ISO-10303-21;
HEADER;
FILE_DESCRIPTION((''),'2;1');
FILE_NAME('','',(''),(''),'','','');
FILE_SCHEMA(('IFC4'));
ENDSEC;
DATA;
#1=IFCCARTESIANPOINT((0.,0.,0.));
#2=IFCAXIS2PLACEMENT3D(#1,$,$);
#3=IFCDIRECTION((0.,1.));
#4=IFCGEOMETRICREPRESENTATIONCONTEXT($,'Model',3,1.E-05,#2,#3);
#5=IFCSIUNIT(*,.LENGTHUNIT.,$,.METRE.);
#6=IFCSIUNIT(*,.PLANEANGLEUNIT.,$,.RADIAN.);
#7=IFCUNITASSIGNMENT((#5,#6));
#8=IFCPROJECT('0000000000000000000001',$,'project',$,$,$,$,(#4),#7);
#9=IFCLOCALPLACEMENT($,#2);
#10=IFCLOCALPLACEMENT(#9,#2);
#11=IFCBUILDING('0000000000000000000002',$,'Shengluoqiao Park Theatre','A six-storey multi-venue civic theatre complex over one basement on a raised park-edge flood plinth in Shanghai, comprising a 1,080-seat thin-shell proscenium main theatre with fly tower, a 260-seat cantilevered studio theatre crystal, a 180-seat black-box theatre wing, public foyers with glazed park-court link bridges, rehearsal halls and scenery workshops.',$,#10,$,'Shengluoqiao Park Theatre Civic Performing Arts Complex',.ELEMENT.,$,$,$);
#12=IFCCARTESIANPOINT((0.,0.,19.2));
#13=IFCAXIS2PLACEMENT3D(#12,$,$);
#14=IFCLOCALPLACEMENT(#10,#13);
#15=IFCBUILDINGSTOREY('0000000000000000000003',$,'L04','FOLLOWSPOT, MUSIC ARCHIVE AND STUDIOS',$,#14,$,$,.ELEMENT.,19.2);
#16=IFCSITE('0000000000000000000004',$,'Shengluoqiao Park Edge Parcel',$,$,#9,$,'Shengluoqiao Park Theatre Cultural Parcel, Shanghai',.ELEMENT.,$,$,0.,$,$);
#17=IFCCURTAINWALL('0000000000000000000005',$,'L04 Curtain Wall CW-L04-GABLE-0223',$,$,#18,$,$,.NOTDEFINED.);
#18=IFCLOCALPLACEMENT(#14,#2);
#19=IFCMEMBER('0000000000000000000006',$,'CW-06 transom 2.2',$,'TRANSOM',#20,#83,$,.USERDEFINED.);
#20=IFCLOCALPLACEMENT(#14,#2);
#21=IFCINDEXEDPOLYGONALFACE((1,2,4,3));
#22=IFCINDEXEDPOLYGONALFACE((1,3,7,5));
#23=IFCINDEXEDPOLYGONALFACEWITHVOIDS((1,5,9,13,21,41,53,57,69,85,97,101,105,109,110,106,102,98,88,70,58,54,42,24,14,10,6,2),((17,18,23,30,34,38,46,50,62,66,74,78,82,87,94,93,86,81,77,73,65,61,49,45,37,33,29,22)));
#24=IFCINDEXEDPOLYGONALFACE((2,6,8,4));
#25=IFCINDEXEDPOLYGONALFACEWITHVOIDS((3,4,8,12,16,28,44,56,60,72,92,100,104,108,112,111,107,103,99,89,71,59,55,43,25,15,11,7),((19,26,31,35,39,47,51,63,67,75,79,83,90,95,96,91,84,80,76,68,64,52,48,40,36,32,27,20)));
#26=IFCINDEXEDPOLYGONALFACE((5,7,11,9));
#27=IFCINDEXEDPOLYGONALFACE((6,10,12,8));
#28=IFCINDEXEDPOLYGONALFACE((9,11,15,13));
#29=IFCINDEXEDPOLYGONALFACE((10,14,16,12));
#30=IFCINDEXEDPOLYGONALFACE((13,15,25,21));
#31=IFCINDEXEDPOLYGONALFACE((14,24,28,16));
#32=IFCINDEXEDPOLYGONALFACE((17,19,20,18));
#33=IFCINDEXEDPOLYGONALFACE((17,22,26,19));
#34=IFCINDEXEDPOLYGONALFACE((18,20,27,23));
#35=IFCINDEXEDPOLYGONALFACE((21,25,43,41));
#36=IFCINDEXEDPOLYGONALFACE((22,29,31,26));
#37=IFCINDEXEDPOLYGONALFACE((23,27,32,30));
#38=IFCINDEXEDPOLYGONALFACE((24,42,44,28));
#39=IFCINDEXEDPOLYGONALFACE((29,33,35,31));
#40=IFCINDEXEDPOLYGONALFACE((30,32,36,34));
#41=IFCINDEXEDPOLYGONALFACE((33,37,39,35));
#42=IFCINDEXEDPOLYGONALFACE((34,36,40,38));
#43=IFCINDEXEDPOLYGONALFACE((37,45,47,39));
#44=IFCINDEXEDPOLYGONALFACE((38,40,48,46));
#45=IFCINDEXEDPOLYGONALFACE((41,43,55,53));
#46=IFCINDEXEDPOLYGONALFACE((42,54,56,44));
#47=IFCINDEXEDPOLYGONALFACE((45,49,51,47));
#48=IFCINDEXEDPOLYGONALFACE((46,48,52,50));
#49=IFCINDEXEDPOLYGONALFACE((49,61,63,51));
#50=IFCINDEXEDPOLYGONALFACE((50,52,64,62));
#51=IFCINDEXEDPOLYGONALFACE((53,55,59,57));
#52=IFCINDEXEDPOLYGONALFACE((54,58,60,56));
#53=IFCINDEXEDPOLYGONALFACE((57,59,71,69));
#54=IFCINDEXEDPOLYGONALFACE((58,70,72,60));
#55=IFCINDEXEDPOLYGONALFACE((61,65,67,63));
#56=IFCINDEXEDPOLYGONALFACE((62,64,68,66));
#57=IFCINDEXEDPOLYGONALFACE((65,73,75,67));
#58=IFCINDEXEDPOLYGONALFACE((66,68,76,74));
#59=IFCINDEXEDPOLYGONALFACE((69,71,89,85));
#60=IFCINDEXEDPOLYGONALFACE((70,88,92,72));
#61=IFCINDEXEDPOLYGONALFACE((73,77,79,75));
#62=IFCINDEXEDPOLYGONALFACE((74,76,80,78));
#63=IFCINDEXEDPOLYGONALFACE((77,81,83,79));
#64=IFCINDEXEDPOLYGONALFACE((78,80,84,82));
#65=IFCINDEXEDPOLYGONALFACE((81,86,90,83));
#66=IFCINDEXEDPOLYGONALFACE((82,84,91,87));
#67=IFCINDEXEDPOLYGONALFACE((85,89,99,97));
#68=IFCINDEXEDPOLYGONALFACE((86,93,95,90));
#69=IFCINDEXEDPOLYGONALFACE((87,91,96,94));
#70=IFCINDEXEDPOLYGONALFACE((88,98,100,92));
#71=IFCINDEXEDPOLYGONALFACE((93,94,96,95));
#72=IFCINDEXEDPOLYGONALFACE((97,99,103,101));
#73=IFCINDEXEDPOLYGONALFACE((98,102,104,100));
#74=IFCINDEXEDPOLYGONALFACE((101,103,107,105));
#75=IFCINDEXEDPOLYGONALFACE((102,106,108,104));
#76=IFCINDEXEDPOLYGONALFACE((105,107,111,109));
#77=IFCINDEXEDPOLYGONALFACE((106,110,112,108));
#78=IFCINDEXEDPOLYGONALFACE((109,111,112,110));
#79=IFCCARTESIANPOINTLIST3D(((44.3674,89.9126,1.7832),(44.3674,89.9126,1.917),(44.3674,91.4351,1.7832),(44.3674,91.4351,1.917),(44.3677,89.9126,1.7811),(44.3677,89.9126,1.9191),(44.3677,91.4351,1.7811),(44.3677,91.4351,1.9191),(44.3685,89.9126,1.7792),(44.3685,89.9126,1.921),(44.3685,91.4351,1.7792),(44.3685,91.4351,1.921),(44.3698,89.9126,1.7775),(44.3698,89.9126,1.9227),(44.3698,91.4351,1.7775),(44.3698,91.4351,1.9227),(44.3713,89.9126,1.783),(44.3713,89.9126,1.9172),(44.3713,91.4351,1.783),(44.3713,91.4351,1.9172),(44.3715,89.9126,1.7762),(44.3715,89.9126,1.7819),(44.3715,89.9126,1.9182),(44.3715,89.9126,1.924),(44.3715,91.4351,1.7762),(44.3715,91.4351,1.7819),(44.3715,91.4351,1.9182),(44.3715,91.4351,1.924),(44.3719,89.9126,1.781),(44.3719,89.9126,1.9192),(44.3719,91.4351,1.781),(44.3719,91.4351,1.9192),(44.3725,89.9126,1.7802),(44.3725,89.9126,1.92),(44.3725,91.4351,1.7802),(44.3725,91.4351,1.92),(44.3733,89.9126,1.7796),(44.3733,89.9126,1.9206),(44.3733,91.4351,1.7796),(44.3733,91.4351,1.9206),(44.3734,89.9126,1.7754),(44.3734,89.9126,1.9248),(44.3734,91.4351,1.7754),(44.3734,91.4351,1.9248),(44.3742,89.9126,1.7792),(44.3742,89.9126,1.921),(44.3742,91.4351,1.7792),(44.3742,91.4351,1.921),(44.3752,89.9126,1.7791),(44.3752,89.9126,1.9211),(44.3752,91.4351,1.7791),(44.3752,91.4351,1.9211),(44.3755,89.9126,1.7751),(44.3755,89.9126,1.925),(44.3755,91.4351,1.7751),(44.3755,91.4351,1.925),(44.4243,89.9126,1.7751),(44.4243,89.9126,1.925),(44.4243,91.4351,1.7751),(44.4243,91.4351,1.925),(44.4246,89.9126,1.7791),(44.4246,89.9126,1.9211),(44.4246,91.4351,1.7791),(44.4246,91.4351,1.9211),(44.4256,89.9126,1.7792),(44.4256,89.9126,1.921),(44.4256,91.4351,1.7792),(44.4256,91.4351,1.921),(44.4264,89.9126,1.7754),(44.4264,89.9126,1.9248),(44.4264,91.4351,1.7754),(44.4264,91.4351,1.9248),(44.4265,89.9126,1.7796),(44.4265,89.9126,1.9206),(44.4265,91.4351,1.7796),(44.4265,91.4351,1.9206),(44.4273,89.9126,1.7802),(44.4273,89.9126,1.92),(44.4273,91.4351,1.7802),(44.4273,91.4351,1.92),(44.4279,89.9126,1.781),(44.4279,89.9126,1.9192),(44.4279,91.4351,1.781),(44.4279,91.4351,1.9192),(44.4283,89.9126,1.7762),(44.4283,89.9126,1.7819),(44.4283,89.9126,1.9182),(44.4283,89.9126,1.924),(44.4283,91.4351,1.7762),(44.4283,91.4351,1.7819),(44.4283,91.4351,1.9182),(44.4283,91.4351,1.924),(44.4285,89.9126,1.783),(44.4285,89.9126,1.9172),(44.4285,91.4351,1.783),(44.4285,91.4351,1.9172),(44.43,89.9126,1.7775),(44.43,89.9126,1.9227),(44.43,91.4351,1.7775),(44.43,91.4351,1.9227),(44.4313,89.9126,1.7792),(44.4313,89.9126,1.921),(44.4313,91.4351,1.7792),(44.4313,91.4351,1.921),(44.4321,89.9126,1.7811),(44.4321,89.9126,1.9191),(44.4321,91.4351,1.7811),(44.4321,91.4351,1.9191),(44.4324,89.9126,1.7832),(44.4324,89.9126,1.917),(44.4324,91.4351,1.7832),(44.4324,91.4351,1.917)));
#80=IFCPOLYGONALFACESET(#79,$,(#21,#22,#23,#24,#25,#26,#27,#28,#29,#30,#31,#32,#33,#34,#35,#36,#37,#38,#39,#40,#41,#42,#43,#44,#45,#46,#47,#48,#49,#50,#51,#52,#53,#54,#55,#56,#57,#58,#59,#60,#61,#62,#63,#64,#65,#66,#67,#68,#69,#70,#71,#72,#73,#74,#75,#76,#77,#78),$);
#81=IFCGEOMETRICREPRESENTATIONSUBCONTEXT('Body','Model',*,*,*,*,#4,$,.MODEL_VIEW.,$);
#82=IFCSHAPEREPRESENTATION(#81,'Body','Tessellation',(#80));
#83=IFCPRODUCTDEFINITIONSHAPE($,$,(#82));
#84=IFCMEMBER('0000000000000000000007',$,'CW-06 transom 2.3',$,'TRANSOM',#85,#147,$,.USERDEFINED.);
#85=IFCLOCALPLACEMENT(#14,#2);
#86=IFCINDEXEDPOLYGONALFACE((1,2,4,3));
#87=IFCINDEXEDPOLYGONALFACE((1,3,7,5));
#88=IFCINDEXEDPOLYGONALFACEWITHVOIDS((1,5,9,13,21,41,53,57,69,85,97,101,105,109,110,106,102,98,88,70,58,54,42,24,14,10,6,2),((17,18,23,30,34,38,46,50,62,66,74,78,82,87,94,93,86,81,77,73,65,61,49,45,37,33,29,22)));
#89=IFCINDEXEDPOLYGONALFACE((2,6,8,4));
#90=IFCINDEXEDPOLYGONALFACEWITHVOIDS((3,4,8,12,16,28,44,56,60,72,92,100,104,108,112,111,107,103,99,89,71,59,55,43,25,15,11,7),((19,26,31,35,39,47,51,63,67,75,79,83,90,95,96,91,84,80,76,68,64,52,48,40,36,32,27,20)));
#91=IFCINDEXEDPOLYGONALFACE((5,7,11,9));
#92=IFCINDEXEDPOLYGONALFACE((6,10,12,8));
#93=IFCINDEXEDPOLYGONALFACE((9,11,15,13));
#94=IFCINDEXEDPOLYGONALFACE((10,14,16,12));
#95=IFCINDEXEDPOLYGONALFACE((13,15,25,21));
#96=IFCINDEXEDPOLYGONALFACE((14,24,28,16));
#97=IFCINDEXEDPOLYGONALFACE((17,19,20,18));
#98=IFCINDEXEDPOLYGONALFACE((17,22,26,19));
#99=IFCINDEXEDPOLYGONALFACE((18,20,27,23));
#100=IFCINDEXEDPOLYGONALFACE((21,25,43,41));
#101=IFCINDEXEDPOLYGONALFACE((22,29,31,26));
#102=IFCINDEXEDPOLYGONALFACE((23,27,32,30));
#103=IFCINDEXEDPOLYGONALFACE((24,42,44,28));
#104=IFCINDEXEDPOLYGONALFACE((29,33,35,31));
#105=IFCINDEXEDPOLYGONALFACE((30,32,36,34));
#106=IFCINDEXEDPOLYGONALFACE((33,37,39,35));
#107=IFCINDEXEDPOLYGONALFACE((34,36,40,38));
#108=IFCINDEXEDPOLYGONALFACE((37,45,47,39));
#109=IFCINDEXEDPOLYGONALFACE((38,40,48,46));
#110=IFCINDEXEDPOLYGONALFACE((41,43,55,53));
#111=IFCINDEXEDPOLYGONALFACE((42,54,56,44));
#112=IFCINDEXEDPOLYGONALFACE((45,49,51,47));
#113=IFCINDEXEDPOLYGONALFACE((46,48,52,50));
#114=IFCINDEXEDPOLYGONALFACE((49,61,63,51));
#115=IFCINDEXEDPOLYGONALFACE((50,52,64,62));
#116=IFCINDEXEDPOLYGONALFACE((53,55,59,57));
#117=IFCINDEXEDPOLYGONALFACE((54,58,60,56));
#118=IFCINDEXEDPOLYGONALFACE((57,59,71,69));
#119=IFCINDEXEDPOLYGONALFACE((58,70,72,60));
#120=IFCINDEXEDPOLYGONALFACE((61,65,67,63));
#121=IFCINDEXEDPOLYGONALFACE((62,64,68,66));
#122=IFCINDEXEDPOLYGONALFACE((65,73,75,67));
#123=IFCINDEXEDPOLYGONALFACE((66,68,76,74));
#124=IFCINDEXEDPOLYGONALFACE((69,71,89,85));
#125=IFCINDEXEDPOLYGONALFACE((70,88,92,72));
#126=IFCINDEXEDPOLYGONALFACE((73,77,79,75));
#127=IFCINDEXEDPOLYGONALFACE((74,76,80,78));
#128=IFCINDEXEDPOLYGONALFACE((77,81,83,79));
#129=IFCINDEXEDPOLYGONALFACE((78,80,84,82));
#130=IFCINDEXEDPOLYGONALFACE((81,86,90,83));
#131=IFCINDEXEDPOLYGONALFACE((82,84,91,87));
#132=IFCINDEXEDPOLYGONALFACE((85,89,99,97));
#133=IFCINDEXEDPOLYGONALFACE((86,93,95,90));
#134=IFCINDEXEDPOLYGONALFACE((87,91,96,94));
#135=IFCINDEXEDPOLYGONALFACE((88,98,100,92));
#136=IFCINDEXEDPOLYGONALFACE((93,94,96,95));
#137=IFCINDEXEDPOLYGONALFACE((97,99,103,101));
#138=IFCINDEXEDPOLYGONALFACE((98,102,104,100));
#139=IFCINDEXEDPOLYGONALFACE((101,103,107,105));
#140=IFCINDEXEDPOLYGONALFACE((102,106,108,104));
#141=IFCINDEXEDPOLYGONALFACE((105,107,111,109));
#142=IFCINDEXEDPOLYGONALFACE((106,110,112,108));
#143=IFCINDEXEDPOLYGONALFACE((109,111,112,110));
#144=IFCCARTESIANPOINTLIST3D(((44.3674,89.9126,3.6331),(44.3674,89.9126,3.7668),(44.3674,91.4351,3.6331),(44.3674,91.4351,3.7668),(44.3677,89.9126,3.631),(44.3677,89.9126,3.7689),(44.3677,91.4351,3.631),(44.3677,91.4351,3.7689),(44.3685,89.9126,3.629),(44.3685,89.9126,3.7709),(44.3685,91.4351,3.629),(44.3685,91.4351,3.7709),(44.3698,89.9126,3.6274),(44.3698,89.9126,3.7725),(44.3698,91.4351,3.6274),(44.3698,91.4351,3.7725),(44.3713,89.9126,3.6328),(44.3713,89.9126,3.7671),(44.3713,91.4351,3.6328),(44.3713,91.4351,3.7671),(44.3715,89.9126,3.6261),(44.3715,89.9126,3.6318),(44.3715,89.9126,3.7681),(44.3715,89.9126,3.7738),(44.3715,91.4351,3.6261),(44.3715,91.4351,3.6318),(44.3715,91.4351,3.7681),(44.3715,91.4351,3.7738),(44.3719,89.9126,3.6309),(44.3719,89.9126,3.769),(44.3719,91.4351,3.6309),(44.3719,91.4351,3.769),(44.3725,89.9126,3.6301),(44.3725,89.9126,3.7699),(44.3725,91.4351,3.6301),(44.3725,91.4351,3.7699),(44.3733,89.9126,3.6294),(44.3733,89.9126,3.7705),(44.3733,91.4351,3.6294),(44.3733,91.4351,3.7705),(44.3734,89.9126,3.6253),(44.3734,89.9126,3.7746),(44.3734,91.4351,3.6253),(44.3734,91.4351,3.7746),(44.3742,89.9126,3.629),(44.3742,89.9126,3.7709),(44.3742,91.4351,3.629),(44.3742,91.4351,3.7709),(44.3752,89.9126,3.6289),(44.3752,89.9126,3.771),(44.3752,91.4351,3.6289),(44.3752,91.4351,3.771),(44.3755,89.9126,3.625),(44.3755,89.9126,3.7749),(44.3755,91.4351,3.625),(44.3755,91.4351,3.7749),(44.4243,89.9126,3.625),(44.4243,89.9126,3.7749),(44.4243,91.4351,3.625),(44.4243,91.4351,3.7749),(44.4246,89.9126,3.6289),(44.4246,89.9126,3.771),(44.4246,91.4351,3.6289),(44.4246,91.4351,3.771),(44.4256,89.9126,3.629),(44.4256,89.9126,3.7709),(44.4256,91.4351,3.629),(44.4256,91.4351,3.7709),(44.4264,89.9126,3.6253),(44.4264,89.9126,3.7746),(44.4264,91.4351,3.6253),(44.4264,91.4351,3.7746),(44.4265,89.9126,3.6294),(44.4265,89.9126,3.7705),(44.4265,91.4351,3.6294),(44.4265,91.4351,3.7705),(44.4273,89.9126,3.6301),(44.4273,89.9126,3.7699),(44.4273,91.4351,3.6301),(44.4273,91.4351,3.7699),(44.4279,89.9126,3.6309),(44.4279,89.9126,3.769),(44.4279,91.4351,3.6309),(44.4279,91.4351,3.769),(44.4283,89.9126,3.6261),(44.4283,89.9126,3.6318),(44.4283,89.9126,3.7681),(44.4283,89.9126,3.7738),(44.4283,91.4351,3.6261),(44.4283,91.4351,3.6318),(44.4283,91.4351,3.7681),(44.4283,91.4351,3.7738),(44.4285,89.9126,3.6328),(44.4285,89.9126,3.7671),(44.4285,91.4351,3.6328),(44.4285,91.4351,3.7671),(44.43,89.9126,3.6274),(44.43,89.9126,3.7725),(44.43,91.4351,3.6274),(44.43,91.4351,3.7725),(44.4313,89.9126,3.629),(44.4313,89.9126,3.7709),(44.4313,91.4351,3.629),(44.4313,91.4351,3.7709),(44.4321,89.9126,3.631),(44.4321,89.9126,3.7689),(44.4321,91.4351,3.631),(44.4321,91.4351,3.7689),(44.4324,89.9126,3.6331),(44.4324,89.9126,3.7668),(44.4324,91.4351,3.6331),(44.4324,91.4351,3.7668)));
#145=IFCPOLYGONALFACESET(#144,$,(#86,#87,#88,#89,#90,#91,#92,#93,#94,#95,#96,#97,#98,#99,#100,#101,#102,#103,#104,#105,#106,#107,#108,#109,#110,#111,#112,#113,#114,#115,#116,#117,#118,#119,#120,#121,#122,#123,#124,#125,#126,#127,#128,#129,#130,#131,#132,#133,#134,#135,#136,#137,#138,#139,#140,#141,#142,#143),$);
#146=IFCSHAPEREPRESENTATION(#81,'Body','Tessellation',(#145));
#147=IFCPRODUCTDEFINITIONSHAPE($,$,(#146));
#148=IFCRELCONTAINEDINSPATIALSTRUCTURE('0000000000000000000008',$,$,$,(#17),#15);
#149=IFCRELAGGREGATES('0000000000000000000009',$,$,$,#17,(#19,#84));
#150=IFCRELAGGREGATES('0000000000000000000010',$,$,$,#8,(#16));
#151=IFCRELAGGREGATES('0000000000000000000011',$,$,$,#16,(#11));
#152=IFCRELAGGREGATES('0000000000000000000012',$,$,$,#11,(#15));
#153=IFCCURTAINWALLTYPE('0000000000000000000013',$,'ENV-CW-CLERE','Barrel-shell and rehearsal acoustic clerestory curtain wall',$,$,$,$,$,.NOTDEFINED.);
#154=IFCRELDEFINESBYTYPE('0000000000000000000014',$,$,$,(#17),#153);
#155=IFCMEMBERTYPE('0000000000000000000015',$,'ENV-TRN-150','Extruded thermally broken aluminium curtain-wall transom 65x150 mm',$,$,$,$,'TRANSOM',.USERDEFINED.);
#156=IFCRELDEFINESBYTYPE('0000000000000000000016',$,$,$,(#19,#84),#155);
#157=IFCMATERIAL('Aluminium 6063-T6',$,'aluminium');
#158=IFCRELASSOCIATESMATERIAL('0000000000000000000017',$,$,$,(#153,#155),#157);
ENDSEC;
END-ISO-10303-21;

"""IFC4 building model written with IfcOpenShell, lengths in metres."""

from ifc_helpers import new_model, si_unit, direction, frame, origin, origin_2d, place, context, subcontext, project, spatial, hollow_rectangle, extrude, material, material_profile, profile_set, type_object, element, aggregate, save


model = new_model("IFC4")

# Units and contexts
model_context = context("Model", 3, precision=1e-05, world=origin(), true_north=direction((0.0, 1.0)))
body_context = subcontext(model_context, "Body", "Model", "MODEL_VIEW")
ifc_project = project(units=[si_unit("LENGTHUNIT", "METRE"), si_unit("PLANEANGLEUNIT", "RADIAN")], contexts=[model_context])

# Site, building, storey
site_placement = place(None, origin())
site = spatial("IfcSite", under=ifc_project, at=site_placement, Name="Shengluoqiao Park Edge Parcel", LongName="Shengluoqiao Park Theatre Cultural Parcel, Shanghai", CompositionType="ELEMENT", RefElevation=0.0)
building_placement = place(site_placement, origin())
building = spatial("IfcBuilding", under=site, at=building_placement, Name="Shengluoqiao Park Theatre", Description="A six-storey multi-venue civic theatre complex over one basement on a raised park-edge flood plinth in Shanghai, comprising a 1,080-seat thin-shell proscenium main theatre with fly tower, a 260-seat cantilevered studio theatre crystal, a 180-seat black-box theatre wing, public foyers with glazed park-court link bridges, rehearsal halls and scenery workshops.", LongName="Shengluoqiao Park Theatre Civic Performing Arts Complex", CompositionType="ELEMENT")
storey_placement = place(building_placement, frame((0.0, 0.0, 19.2)))
storey = spatial("IfcBuildingStorey", under=building, at=storey_placement, Name="L04", Description="FOLLOWSPOT, MUSIC ARCHIVE AND STUDIOS", CompositionType="ELEMENT", Elevation=19.2)

# Curtain wall, members
ifc_material_1 = material(Name="Aluminium 6063-T6", Category="aluminium")
curtain_wall_type = type_object("IfcCurtainWallType", Name="ENV-CW-CLERE", Description="Barrel-shell and rehearsal acoustic clerestory curtain wall", PredefinedType="NOTDEFINED", material=ifc_material_1)
curtain_wall_placement = place(storey_placement, origin())
curtain_wall = element("IfcCurtainWall", 1, at=curtain_wall_placement, inside=storey, type_object=curtain_wall_type, Name="L04 Curtain Wall CW-L04-GABLE-0223", PredefinedType="NOTDEFINED")
ifc_material_profile_1 = material_profile(ifc_material_1, hollow_rectangle(XDim=0.0649, YDim=0.1499, WallThickness=0.0039, InnerFilletRadius=0.0039, OuterFilletRadius=0.0081, at=origin_2d()), Name="ALU TRANSOM 150x65x4")
ifc_profile_set_1 = profile_set([ifc_material_profile_1], Name="Aluminium 6063-T6")
member_type_1 = type_object("IfcMemberType", Name="ENV-TRN-150", Description="Extruded thermally broken aluminium curtain-wall transom 65x150 mm", ElementType="TRANSOM", PredefinedType="USERDEFINED", material=ifc_profile_set_1)
member_1_placement = place(storey_placement, frame((44.3999, 89.9126, 1.8501), z_axis=(0.0, 1.0, 0.0), x_axis=(-1.0, 0.0, 0.0)))
member_1 = element("IfcMember", 2, at=member_1_placement, type_object=member_type_1, Name="CW-06 transom 2.2", ObjectType="TRANSOM", PredefinedType="USERDEFINED", context=body_context, shape_type="SweptSolid", body=[
    extrude(hollow_rectangle(XDim=0.0649, YDim=0.1499, WallThickness=0.0039, InnerFilletRadius=0.0039, OuterFilletRadius=0.0081, at=origin_2d()), origin(), (0.0, 0.0, 1.0), 1.5225),
])
member_2_placement = place(storey_placement, frame((44.3999, 89.9126, 3.7), z_axis=(0.0, 1.0, 0.0), x_axis=(-1.0, 0.0, 0.0)))
member_2 = element("IfcMember", 3, at=member_2_placement, type_object=member_type_1, Name="CW-06 transom 2.3", ObjectType="TRANSOM", PredefinedType="USERDEFINED", context=body_context, shape_type="SweptSolid", body=[
    extrude(hollow_rectangle(XDim=0.0649, YDim=0.1499, WallThickness=0.0039, InnerFilletRadius=0.0039, OuterFilletRadius=0.0081, at=origin_2d()), origin(), (0.0, 0.0, 1.0), 1.5225),
])
aggregate(curtain_wall, [member_1, member_2])

save(model, "model.ifc")
